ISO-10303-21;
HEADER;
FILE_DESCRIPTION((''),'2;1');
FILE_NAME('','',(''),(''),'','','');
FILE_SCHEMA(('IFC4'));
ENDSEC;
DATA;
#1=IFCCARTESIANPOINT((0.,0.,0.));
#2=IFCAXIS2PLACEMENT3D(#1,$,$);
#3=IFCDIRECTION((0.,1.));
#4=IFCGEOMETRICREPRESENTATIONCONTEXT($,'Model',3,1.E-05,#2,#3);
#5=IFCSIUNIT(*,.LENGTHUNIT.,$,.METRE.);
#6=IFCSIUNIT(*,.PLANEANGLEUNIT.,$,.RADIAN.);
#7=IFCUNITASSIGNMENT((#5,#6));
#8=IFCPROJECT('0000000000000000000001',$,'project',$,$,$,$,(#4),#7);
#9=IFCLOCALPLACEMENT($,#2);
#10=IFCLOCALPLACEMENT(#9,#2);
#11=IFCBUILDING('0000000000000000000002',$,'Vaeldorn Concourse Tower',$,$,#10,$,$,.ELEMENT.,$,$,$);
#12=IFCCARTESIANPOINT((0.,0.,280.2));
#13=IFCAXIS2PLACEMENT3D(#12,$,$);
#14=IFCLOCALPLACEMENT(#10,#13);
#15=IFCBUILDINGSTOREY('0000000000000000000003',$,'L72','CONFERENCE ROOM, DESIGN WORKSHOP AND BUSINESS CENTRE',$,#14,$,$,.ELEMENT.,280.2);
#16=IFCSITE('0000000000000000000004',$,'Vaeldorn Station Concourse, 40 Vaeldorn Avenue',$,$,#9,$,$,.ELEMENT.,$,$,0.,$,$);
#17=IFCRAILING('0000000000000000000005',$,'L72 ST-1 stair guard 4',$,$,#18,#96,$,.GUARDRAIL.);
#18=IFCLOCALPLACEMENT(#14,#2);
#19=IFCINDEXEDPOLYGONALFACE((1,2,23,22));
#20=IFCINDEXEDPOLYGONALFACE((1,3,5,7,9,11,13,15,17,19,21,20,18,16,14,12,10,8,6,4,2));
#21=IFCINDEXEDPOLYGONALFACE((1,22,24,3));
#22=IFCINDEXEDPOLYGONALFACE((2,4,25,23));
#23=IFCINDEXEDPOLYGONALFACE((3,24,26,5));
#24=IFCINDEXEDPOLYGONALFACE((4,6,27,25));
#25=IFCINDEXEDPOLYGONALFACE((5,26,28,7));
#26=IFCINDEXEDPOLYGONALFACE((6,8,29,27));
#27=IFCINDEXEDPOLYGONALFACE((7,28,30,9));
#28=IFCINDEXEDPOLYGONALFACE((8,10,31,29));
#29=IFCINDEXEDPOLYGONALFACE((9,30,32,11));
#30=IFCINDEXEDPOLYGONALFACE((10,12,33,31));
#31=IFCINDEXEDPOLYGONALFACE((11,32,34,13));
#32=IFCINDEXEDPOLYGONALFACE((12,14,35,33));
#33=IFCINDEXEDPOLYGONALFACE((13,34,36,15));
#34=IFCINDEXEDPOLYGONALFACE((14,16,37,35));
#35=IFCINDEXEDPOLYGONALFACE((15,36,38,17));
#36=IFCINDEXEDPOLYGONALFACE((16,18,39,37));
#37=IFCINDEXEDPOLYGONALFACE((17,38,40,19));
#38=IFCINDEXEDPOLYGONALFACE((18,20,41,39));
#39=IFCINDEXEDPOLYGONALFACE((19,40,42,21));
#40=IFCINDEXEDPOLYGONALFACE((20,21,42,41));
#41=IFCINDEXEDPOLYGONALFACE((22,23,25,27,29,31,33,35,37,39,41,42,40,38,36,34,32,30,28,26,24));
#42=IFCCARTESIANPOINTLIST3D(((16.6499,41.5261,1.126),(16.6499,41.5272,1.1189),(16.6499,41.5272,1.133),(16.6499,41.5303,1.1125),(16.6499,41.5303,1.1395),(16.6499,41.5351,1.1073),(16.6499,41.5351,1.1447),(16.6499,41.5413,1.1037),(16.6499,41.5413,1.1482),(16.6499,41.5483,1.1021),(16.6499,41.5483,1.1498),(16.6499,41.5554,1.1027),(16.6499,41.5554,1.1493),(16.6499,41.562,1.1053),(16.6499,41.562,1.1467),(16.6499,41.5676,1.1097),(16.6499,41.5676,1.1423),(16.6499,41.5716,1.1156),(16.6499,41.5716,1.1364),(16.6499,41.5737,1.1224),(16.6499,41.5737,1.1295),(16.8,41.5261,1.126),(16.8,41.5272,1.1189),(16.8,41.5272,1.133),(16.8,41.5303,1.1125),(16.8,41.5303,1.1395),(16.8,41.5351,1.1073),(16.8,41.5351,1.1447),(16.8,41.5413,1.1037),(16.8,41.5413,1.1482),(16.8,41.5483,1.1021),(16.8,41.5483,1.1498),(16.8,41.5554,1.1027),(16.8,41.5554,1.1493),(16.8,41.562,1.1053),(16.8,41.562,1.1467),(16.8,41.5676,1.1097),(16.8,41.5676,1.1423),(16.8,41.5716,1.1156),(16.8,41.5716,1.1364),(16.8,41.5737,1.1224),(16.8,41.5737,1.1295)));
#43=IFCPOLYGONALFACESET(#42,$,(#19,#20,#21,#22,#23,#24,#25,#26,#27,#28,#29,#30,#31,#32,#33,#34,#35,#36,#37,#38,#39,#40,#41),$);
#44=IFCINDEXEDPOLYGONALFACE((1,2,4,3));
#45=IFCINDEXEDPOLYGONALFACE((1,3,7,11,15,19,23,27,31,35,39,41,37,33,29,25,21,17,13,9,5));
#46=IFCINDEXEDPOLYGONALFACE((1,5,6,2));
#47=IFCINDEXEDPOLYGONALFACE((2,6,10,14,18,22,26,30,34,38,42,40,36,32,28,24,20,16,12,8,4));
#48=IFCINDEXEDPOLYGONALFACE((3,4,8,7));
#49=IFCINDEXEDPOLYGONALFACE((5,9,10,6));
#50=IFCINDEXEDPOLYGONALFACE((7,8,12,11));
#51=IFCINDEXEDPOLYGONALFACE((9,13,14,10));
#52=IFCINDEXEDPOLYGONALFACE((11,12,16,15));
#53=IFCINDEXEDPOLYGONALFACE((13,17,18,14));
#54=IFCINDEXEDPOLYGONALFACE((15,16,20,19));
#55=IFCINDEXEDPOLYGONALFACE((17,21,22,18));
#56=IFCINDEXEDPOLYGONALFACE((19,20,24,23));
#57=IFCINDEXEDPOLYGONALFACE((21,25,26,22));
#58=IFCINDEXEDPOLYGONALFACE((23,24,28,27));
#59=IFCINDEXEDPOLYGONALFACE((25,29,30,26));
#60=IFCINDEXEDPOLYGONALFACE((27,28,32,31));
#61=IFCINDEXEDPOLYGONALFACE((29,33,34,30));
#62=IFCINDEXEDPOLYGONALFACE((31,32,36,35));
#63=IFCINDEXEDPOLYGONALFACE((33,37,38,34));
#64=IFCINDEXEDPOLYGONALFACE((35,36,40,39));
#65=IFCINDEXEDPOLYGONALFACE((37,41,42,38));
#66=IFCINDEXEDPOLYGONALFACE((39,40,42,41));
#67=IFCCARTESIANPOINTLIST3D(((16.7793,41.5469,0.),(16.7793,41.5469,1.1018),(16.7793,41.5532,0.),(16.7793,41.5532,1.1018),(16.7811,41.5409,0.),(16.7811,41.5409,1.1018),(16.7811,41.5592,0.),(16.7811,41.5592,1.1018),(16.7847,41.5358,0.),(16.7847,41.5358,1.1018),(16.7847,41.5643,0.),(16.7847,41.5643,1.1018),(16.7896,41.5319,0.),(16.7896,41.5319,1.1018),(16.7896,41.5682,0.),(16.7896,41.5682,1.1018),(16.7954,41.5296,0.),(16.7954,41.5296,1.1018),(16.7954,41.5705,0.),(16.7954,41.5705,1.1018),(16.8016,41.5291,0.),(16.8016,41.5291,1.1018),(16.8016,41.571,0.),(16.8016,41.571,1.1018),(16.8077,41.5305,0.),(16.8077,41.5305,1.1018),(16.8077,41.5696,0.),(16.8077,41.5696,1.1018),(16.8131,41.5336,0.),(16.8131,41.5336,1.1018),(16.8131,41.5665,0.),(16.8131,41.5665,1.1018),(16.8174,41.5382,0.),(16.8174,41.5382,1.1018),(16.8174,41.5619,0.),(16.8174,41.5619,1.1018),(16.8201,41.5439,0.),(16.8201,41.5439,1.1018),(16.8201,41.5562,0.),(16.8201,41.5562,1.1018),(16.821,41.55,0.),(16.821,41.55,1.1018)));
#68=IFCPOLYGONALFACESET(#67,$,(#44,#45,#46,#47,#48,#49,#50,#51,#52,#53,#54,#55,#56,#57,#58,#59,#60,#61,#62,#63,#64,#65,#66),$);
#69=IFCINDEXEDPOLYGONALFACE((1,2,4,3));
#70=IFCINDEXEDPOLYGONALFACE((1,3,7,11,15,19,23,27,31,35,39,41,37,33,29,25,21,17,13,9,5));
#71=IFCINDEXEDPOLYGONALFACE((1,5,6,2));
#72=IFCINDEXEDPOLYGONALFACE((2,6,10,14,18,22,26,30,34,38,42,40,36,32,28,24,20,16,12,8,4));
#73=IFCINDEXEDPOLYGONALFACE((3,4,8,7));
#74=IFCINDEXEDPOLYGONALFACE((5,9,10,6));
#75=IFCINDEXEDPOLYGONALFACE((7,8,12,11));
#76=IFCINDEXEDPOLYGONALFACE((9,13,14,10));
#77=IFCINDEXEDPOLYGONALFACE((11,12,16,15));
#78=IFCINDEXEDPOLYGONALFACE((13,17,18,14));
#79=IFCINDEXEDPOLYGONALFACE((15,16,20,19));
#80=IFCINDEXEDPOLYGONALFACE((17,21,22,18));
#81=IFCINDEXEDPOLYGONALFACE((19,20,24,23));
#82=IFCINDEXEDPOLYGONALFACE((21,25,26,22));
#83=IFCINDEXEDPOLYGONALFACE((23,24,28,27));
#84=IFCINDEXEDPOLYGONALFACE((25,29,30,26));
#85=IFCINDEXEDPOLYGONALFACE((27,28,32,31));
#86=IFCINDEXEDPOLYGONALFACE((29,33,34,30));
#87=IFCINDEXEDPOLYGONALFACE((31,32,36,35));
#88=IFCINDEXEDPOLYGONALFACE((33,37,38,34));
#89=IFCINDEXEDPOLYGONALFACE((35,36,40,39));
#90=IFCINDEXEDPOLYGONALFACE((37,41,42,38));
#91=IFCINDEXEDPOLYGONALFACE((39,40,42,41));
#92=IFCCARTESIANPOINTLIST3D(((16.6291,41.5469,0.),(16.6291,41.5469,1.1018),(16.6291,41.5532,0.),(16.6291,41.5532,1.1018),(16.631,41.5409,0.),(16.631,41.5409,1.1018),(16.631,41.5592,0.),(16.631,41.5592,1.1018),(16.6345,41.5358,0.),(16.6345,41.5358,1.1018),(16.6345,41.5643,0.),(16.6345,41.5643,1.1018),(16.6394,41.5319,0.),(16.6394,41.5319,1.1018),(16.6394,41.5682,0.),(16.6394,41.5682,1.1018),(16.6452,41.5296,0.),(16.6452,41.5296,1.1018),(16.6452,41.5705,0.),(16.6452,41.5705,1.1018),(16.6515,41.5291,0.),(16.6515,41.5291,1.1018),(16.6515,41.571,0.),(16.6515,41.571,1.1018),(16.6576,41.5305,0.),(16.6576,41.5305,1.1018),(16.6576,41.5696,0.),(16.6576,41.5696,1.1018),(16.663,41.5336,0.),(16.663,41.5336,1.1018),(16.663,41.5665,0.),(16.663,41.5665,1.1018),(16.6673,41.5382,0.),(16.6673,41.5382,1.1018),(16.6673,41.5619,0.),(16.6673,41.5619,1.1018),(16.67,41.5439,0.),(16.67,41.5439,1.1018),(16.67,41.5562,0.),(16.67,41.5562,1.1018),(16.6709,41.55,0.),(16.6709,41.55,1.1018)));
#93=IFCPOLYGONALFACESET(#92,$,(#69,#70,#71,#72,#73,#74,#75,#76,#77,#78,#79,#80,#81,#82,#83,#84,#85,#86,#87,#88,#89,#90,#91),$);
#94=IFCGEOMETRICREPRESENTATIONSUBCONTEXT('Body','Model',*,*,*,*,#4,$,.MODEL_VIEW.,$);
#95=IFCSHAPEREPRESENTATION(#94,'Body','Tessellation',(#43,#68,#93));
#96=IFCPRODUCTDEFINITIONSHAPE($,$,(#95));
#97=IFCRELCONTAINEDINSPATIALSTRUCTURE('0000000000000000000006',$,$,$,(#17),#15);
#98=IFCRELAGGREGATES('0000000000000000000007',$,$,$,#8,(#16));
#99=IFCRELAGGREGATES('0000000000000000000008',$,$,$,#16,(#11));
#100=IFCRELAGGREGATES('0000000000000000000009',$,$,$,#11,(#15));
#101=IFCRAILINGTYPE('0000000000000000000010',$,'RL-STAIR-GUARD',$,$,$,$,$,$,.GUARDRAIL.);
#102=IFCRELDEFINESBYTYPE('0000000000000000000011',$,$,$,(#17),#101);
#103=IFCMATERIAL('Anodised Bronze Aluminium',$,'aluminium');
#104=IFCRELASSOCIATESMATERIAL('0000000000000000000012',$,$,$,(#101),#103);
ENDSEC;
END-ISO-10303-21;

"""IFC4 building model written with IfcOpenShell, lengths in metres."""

from ifc_helpers import new_model, si_unit, direction, frame, origin, origin_2d, place, context, subcontext, project, spatial, circle, extrude, material, type_object, element, save


model = new_model("IFC4")

# Units and contexts
model_context = context("Model", 3, precision=1e-05, world=origin(), true_north=direction((0.0, 1.0)))
body_context = subcontext(model_context, "Body", "Model", "MODEL_VIEW")
ifc_project = project(units=[si_unit("LENGTHUNIT", "METRE"), si_unit("PLANEANGLEUNIT", "RADIAN")], contexts=[model_context])

# Site, building, storey
site_placement = place(None, origin())
site = spatial("IfcSite", under=ifc_project, at=site_placement, Name="Vaeldorn Station Concourse, 40 Vaeldorn Avenue", CompositionType="ELEMENT", RefElevation=0.0)
building_placement = place(site_placement, origin())
building = spatial("IfcBuilding", under=site, at=building_placement, Name="Vaeldorn Concourse Tower", CompositionType="ELEMENT")
storey_placement = place(building_placement, frame((0.0, 0.0, 280.2)))
storey = spatial("IfcBuildingStorey", under=building, at=storey_placement, Name="L72", Description="CONFERENCE ROOM, DESIGN WORKSHOP AND BUSINESS CENTRE", CompositionType="ELEMENT", Elevation=280.2)

# Shared definitions
ifc_material_1 = material(Name="Anodised Bronze Aluminium", Category="aluminium")

# Railing
railing_type = type_object("IfcRailingType", Name="RL-STAIR-GUARD", PredefinedType="GUARDRAIL", material=ifc_material_1)
railing_placement = place(storey_placement, frame((16.8, 41.55, 0.0)))
element("IfcRailing", 1, at=railing_placement, inside=storey, type_object=railing_type, Name="L72 ST-1 stair guard 4", PredefinedType="GUARDRAIL", context=body_context, shape_type="SweptSolid", body=[
    extrude(circle(Radius=0.0239, at=origin_2d()), frame((0.0, 0.0, 1.126), z_axis=(-1.0, 0.0, 0.0), x_axis=(0.0, -1.0, 0.0)), (0.0, 0.0, 1.0), 0.1501),
    extrude(circle(Radius=0.021, at=origin_2d()), origin(), (0.0, 0.0, 1.0), 1.1018),
    extrude(circle(Radius=0.021, at=origin_2d()), frame((-0.1501, 0.0, 0.0)), (0.0, 0.0, 1.0), 1.1018),
])

save(model, "model.ifc")
